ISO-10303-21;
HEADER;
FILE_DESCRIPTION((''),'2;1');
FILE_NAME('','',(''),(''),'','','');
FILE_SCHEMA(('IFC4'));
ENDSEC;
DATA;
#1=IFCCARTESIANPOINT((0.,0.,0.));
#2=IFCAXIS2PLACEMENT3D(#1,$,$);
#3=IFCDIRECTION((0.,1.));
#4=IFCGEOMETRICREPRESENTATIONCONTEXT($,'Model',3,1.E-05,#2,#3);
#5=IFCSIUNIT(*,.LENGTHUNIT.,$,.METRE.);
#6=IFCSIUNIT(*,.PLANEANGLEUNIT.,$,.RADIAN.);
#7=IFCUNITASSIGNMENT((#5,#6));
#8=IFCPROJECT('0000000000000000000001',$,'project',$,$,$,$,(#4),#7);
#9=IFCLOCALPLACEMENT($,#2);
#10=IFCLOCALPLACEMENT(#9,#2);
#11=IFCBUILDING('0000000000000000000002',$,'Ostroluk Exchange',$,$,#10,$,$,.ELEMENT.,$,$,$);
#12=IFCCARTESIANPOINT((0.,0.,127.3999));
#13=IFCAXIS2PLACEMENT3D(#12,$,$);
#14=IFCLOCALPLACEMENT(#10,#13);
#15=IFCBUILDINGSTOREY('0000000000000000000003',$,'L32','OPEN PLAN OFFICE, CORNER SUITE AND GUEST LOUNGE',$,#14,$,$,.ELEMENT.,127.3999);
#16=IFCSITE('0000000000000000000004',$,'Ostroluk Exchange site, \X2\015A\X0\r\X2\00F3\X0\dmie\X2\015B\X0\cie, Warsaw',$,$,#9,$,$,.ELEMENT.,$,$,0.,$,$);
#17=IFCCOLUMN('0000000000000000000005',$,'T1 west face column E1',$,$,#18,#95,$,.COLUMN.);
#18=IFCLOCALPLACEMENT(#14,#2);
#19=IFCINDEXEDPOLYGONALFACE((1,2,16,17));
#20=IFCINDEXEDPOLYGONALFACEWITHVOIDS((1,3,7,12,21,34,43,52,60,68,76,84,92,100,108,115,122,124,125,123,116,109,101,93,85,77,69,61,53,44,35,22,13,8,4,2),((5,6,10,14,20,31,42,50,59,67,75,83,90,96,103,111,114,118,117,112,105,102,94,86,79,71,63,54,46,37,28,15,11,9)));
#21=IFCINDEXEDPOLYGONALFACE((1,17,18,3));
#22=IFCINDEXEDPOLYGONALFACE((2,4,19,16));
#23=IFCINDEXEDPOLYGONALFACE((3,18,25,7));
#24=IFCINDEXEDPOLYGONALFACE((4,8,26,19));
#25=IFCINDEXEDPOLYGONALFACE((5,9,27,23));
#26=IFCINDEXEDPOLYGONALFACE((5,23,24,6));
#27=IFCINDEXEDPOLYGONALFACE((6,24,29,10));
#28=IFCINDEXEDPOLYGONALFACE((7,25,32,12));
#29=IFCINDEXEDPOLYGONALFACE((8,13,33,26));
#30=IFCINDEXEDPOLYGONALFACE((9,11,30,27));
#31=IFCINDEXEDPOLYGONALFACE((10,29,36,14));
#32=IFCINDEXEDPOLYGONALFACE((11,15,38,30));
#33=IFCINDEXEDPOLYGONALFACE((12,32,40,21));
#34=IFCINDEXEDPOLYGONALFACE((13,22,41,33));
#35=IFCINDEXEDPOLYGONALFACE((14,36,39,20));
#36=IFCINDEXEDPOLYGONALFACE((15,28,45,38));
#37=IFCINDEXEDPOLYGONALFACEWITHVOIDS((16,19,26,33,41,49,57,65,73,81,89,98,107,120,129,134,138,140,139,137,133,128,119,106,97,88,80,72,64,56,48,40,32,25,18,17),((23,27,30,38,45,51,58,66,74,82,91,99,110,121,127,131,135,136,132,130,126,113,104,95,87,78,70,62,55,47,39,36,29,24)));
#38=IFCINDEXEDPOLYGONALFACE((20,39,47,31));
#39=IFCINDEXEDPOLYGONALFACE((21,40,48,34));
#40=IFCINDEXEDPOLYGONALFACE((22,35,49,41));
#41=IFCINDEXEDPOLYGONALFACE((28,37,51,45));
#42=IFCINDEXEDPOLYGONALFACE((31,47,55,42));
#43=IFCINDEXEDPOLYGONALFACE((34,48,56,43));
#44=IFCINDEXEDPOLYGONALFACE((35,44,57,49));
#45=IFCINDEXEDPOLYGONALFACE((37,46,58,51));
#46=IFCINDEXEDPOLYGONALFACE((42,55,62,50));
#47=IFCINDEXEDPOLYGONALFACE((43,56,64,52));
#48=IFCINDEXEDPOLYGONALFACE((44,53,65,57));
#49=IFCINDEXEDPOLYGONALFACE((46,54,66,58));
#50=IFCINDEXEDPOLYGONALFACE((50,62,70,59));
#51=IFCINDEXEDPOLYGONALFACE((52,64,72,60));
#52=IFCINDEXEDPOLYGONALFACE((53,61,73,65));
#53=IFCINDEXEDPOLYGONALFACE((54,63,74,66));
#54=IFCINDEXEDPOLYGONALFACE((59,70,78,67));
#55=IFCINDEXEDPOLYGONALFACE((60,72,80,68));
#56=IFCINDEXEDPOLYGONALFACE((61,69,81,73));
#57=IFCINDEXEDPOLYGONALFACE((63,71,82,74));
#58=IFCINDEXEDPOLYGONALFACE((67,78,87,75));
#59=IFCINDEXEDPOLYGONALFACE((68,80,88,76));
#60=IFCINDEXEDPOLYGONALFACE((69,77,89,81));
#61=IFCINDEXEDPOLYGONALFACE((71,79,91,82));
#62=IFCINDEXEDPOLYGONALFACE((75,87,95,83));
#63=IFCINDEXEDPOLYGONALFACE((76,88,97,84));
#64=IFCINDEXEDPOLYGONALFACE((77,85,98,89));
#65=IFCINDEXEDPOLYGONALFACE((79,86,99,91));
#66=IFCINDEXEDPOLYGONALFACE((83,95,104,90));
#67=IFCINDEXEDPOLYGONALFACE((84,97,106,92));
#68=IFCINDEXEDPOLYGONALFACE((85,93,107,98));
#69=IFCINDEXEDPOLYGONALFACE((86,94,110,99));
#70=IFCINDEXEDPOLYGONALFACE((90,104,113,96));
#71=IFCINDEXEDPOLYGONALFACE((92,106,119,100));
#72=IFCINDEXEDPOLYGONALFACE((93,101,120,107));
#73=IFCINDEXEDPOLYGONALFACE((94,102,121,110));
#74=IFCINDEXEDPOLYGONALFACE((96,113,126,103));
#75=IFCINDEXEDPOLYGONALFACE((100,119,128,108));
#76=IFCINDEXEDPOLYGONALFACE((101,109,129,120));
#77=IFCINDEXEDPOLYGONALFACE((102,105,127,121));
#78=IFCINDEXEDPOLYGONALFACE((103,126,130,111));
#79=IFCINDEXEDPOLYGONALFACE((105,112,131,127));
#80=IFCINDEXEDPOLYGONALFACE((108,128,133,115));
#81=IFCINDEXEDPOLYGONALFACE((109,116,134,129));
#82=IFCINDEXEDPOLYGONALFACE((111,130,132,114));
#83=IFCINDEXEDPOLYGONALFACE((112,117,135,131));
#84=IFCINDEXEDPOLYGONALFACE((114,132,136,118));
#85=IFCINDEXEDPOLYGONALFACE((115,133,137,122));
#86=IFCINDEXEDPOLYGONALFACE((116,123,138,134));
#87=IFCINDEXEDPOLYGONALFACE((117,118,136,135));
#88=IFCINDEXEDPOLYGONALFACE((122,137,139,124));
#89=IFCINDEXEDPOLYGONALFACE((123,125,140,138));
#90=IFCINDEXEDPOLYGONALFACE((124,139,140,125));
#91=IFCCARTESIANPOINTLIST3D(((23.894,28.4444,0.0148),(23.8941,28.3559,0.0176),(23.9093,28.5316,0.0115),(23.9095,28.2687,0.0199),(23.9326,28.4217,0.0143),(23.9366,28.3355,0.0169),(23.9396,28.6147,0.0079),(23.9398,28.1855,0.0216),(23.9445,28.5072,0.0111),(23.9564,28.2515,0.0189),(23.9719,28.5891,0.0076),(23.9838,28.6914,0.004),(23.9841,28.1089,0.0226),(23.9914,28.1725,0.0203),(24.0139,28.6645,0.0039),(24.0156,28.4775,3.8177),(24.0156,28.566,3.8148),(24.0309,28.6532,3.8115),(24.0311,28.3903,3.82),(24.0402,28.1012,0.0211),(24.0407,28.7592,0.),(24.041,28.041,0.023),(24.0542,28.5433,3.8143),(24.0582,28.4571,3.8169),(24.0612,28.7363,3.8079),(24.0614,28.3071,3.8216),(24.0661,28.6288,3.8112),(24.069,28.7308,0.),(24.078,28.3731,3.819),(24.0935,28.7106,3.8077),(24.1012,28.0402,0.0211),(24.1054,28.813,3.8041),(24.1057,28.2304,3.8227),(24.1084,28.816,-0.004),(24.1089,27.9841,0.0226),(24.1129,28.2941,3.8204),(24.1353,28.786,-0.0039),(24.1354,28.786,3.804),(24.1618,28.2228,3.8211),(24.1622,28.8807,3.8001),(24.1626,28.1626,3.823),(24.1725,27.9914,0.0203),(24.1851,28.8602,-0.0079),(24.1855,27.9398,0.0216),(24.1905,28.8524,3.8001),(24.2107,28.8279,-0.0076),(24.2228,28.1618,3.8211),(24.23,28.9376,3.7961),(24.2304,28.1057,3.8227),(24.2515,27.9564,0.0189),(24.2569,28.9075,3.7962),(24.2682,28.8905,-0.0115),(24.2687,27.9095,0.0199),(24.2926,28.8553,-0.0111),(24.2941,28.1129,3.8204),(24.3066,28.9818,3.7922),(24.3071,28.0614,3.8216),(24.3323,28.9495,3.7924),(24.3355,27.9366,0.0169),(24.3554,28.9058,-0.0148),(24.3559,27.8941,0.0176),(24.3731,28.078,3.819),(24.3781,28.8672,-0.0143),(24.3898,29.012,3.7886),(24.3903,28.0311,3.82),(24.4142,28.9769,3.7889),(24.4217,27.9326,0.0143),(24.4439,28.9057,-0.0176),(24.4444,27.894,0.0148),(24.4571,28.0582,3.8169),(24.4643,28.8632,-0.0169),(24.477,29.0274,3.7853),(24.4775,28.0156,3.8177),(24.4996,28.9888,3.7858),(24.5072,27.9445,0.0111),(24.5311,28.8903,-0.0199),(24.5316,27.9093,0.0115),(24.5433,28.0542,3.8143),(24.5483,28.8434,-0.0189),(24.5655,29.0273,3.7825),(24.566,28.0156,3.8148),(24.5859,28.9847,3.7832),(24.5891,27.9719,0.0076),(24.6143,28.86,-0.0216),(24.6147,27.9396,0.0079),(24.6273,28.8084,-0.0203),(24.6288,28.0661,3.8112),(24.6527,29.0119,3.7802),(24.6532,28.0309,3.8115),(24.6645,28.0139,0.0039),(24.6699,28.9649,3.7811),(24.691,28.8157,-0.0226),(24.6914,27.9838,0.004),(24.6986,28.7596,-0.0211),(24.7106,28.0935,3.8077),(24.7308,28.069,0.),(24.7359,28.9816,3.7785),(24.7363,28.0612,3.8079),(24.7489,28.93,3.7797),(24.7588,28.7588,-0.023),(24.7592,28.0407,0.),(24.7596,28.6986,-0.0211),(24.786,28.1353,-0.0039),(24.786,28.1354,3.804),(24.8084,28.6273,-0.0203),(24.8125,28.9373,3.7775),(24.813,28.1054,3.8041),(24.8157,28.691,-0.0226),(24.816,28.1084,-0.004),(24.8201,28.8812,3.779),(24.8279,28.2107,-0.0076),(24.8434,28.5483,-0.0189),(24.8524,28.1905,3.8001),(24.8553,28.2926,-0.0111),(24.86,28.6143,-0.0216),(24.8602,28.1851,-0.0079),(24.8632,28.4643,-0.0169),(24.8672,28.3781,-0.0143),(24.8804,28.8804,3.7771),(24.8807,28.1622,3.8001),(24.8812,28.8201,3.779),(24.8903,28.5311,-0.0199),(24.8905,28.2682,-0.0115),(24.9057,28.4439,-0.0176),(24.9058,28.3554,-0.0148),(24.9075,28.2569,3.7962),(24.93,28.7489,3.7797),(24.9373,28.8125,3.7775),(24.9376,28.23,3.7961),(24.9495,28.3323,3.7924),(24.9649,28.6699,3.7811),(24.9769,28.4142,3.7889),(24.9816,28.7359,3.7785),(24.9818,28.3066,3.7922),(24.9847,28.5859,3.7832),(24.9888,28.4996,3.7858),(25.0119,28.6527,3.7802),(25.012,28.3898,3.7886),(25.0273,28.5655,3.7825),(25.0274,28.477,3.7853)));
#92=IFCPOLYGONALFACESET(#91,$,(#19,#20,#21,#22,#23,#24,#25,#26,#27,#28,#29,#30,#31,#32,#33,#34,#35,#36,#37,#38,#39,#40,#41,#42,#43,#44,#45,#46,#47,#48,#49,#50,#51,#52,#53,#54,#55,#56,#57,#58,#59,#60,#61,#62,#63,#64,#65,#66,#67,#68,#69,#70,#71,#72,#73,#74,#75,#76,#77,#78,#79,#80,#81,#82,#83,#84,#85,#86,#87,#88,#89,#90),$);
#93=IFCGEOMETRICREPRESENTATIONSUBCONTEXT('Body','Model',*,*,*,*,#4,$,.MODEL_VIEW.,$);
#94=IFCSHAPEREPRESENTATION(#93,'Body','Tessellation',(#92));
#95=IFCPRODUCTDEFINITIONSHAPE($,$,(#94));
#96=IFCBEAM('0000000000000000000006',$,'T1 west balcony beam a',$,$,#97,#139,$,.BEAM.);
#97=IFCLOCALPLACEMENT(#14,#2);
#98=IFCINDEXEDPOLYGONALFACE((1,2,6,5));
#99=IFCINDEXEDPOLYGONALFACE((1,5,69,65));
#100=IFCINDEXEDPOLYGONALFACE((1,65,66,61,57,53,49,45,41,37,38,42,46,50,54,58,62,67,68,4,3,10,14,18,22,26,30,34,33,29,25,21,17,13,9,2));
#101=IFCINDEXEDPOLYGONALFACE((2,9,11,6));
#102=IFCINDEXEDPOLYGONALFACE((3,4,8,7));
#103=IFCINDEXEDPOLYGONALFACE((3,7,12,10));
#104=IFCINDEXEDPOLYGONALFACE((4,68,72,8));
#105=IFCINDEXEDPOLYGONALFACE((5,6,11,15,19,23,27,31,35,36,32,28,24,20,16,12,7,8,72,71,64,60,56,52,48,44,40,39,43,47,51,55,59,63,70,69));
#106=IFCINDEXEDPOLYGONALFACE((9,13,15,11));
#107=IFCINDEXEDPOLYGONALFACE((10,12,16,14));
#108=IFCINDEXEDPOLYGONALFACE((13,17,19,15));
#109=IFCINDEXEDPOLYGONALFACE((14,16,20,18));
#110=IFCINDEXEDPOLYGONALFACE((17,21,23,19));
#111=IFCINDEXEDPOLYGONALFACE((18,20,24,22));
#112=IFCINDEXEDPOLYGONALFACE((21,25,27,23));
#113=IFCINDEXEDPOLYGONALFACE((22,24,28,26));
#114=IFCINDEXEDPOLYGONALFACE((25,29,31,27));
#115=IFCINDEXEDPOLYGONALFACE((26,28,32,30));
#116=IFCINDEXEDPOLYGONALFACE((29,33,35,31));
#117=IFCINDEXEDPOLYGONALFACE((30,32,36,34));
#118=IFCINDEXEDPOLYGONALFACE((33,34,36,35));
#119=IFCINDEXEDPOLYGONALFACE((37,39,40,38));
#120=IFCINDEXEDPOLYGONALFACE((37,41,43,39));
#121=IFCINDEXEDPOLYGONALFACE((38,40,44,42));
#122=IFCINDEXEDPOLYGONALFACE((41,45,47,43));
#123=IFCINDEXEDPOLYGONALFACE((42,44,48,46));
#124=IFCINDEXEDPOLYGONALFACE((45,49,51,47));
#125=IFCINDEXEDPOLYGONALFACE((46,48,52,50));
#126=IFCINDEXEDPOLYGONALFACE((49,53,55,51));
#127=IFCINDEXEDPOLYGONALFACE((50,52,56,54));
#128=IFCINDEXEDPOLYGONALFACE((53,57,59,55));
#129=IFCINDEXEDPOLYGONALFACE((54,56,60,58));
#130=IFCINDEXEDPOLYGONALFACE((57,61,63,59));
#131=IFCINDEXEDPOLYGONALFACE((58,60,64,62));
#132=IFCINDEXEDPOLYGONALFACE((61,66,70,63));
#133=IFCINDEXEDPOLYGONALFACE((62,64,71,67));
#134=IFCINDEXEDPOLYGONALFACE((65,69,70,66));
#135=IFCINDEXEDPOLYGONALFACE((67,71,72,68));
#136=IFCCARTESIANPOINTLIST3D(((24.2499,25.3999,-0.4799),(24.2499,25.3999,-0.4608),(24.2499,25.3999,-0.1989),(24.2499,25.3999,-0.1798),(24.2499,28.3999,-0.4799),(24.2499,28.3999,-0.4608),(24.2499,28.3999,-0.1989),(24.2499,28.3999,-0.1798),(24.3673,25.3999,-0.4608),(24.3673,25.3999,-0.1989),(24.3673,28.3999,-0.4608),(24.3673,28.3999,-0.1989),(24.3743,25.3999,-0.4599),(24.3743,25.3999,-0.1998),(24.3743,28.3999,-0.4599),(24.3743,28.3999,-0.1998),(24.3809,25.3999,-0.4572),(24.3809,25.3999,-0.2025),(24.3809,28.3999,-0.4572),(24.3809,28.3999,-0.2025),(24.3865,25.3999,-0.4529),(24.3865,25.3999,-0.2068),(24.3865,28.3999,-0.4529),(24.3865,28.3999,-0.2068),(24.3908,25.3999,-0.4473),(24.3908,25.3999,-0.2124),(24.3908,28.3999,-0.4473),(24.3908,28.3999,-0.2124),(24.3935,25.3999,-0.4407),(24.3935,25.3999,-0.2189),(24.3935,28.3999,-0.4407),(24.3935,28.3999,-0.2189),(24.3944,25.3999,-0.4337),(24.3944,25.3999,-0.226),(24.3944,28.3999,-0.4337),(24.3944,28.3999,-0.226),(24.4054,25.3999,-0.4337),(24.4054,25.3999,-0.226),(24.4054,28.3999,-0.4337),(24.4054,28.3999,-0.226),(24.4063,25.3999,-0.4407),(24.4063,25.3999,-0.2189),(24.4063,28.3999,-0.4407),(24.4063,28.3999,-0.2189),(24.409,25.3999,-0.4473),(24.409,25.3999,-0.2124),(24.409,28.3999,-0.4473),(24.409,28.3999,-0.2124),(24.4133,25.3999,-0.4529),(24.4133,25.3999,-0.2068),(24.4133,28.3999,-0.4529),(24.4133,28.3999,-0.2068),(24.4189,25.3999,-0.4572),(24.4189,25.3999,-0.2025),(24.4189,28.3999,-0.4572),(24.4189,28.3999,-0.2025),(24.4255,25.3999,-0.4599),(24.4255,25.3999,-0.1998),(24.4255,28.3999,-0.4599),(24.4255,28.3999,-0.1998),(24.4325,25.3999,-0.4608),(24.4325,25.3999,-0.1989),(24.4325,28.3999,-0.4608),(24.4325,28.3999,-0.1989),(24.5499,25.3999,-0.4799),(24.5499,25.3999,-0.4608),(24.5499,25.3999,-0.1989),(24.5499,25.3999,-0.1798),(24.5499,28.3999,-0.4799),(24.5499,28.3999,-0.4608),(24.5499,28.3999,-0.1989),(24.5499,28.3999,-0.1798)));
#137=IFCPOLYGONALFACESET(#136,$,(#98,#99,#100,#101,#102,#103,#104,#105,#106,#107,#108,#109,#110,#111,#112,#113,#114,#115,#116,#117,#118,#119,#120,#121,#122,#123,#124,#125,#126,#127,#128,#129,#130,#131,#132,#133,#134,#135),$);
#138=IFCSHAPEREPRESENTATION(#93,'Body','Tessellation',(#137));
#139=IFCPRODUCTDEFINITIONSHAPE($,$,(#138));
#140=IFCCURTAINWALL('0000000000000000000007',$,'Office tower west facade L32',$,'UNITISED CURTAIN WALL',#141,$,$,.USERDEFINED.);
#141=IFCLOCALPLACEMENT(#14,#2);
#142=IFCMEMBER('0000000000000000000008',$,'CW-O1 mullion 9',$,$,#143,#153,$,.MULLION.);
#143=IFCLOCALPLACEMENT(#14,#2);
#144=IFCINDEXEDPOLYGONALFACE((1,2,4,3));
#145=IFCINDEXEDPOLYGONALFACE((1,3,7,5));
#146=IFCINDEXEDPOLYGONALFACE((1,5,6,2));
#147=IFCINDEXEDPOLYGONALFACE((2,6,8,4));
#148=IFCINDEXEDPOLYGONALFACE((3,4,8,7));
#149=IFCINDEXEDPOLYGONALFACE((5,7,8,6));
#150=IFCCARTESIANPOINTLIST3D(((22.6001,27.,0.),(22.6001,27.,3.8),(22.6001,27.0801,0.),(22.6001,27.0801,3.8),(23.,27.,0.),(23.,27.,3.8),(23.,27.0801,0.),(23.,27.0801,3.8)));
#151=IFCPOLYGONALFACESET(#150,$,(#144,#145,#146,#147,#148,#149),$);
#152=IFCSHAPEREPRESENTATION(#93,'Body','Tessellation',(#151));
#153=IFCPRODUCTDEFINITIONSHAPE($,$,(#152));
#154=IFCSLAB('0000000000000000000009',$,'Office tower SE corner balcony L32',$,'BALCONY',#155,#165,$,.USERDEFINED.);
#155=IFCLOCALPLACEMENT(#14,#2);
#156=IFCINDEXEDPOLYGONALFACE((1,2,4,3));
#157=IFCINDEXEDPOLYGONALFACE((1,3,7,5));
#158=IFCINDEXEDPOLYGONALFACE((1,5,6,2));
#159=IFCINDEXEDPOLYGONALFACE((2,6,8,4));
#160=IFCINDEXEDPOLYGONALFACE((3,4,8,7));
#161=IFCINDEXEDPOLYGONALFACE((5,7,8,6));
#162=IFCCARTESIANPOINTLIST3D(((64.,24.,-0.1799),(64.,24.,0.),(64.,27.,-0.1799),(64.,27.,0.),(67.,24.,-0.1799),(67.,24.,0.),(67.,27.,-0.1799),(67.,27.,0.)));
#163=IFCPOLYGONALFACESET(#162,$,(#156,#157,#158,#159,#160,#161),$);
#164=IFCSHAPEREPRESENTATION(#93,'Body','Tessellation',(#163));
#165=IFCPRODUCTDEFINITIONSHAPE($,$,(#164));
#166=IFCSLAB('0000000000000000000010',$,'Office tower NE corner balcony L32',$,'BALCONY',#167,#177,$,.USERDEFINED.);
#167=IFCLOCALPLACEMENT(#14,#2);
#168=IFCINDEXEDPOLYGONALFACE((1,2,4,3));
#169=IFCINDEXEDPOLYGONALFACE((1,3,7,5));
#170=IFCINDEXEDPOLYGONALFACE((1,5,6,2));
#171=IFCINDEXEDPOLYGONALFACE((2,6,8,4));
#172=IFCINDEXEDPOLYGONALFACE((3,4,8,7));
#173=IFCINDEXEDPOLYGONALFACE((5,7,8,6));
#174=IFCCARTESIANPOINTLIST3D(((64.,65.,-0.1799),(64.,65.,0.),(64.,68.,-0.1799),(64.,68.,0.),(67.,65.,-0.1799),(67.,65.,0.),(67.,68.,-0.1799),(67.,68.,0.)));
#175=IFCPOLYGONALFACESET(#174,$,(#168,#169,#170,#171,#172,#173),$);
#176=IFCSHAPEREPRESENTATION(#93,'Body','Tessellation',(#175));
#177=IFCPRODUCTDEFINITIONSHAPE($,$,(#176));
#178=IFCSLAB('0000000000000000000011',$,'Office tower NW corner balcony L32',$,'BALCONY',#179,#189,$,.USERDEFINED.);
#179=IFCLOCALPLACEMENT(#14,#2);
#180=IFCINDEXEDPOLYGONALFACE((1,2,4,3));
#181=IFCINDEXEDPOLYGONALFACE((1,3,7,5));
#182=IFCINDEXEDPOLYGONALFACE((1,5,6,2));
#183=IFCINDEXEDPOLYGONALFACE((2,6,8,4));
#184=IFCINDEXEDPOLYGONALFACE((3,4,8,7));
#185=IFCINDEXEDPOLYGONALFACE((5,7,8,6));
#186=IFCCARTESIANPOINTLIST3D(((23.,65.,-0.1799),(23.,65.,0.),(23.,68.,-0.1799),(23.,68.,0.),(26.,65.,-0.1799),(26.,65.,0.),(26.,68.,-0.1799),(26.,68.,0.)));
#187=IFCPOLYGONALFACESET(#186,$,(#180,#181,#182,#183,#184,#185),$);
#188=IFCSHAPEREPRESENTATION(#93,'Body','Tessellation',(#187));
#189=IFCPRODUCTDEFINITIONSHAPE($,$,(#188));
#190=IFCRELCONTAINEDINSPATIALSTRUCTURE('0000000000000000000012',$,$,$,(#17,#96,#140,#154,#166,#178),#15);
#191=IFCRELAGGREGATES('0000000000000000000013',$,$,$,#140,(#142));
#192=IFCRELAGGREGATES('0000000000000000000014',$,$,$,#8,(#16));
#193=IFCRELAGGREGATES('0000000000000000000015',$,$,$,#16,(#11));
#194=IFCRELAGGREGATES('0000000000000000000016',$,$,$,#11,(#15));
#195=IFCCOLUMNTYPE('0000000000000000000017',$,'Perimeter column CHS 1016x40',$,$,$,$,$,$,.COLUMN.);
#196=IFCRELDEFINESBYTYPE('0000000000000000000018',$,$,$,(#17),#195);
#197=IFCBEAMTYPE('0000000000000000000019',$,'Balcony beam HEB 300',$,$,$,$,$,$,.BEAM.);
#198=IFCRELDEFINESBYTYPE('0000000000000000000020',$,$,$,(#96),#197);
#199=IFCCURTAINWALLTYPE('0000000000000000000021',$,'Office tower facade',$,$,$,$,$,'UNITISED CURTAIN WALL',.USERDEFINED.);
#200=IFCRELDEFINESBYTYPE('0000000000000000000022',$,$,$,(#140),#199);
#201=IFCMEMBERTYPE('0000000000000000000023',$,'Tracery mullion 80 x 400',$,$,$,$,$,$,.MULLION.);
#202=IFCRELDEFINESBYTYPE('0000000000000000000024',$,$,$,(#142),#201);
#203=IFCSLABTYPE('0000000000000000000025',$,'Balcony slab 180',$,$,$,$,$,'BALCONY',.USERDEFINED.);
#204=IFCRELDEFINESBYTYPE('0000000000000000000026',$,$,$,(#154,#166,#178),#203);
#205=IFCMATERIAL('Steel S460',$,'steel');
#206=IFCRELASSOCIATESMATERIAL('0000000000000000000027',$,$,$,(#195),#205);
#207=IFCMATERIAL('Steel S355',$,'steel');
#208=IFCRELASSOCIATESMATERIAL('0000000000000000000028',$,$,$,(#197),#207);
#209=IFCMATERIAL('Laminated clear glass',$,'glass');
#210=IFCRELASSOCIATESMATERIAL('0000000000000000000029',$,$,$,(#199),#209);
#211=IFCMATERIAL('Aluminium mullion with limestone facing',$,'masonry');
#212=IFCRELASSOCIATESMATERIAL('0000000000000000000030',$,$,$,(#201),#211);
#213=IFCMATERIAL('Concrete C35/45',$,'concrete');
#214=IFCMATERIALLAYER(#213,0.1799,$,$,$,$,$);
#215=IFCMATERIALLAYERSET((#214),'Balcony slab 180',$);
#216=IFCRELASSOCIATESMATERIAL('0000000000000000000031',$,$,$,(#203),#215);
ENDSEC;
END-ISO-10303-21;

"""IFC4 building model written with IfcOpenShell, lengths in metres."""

from ifc_helpers import new_model, si_unit, direction, frame, origin, origin_2d, place, context, subcontext, project, spatial, polyline, rectangle, hollow_circle, i_section, outline, extrude, material, layer, layer_set, material_profile, profile_set, type_object, element, aggregate, save


model = new_model("IFC4")

# Units and contexts
model_context = context("Model", 3, precision=1e-05, world=origin(), true_north=direction((0.0, 1.0)))
body_context = subcontext(model_context, "Body", "Model", "MODEL_VIEW")
ifc_project = project(units=[si_unit("LENGTHUNIT", "METRE"), si_unit("PLANEANGLEUNIT", "RADIAN")], contexts=[model_context])

# Site, building, storey
site_placement = place(None, origin())
site = spatial("IfcSite", under=ifc_project, at=site_placement, Name="Ostroluk Exchange site, Śródmieście, Warsaw", CompositionType="ELEMENT", RefElevation=0.0)
building_placement = place(site_placement, origin())
building = spatial("IfcBuilding", under=site, at=building_placement, Name="Ostroluk Exchange", CompositionType="ELEMENT")
storey_placement = place(building_placement, frame((0.0, 0.0, 127.3999)))
storey = spatial("IfcBuildingStorey", under=building, at=storey_placement, Name="L32", Description="OPEN PLAN OFFICE, CORNER SUITE AND GUEST LOUNGE", CompositionType="ELEMENT", Elevation=127.3999)

# Column
ifc_material_1 = material(Name="Steel S460", Category="steel")
ifc_material_profile_1 = material_profile(ifc_material_1, hollow_circle(Radius=0.5081, WallThickness=0.04, at=origin_2d()), Name="CHS 1016x40")
ifc_profile_set_1 = profile_set([ifc_material_profile_1], Name="Steel S460")
column_type = type_object("IfcColumnType", Name="Perimeter column CHS 1016x40", PredefinedType="COLUMN", material=ifc_profile_set_1)
column_placement = place(storey_placement, frame((24.3999, 28.3999, 0.0), z_axis=(0.031962, 0.031962, 0.998978), x_axis=(-0.707107, 0.707107, 0.0)))
element("IfcColumn", 1, at=column_placement, inside=storey, type_object=column_type, Name="T1 west face column E1", PredefinedType="COLUMN", context=body_context, shape_type="SweptSolid", body=[
    extrude(hollow_circle(Radius=0.5081, WallThickness=0.04, at=origin_2d()), origin(), (0.0, 0.0, 1.0), 3.804),
])

# Beam
ifc_material_2 = material(Name="Steel S355", Category="steel")
ifc_material_profile_2 = material_profile(ifc_material_2, i_section(OverallWidth=0.3, OverallDepth=0.3, WebThickness=0.011, FlangeThickness=0.019, FilletRadius=0.0271, at=origin_2d()), Name="HEB 300")
ifc_profile_set_2 = profile_set([ifc_material_profile_2], Name="Steel S355")
beam_type = type_object("IfcBeamType", Name="Balcony beam HEB 300", PredefinedType="BEAM", material=ifc_profile_set_2)
beam_placement = place(storey_placement, frame((24.3999, 28.3999, -0.3298), z_axis=(0.0, -1.0, 0.0), x_axis=(1.0, 0.0, 0.0)))
element("IfcBeam", 2, at=beam_placement, inside=storey, type_object=beam_type, Name="T1 west balcony beam a", PredefinedType="BEAM", context=body_context, shape_type="SweptSolid", body=[
    extrude(i_section(OverallWidth=0.3, OverallDepth=0.3, WebThickness=0.011, FlangeThickness=0.019, FilletRadius=0.0271, at=origin_2d()), origin(), (0.0, 0.0, 1.0), 3.0),
])

# Curtain wall, member
ifc_material_3 = material(Name="Laminated clear glass", Category="glass")
curtain_wall_type = type_object("IfcCurtainWallType", Name="Office tower facade", ElementType="UNITISED CURTAIN WALL", PredefinedType="USERDEFINED", material=ifc_material_3)
curtain_wall_placement = place(storey_placement, origin())
curtain_wall = element("IfcCurtainWall", 3, at=curtain_wall_placement, inside=storey, type_object=curtain_wall_type, Name="Office tower west facade L32", ObjectType="UNITISED CURTAIN WALL", PredefinedType="USERDEFINED")
ifc_material_4 = material(Name="Aluminium mullion with limestone facing", Category="masonry")
ifc_material_profile_3 = material_profile(ifc_material_4, rectangle(XDim=0.3999, YDim=0.0801, at=origin_2d()), Name="Tracery mullion 80 x 400")
ifc_profile_set_3 = profile_set([ifc_material_profile_3], Name="Aluminium mullion with limestone facing")
member_type = type_object("IfcMemberType", Name="Tracery mullion 80 x 400", PredefinedType="MULLION", material=ifc_profile_set_3)
member_placement = place(storey_placement, frame((22.8, 27.04, 0.0), z_axis=(0.0, 0.0, 1.0), x_axis=(1.0, 0.0, 0.0)))
member = element("IfcMember", 4, at=member_placement, type_object=member_type, Name="CW-O1 mullion 9", PredefinedType="MULLION", context=body_context, shape_type="SweptSolid", body=[
    extrude(rectangle(XDim=0.3999, YDim=0.0801, at=origin_2d()), origin(), (0.0, 0.0, 1.0), 3.8),
])

# Slabs
ifc_material_5 = material(Name="Concrete C35/45", Category="concrete")
ifc_layer_1 = layer(ifc_material_5, 0.1799)
ifc_layer_set_1 = layer_set([ifc_layer_1], Name="Balcony slab 180")
slab_type_1 = type_object("IfcSlabType", Name="Balcony slab 180", ElementType="BALCONY", PredefinedType="USERDEFINED", material=ifc_layer_set_1)
slab_1_placement = place(storey_placement, frame((0.0, 0.0, -0.1799)))
element("IfcSlab", 5, at=slab_1_placement, inside=storey, type_object=slab_type_1, Name="Office tower SE corner balcony L32", ObjectType="BALCONY", PredefinedType="USERDEFINED", context=body_context, shape_type="SweptSolid", body=[
    extrude(outline(polyline([(64.0, 24.0), (67.0, 24.0), (67.0, 27.0), (64.0, 27.0), (64.0, 24.0)])), origin(), (0.0, 0.0, 1.0), 0.1799),
])
slab_2_placement = place(storey_placement, frame((0.0, 0.0, -0.1799)))
element("IfcSlab", 6, at=slab_2_placement, inside=storey, type_object=slab_type_1, Name="Office tower NE corner balcony L32", ObjectType="BALCONY", PredefinedType="USERDEFINED", context=body_context, shape_type="SweptSolid", body=[
    extrude(outline(polyline([(64.0, 65.0), (67.0, 65.0), (67.0, 68.0), (64.0, 68.0), (64.0, 65.0)])), origin(), (0.0, 0.0, 1.0), 0.1799),
])
slab_3_placement = place(storey_placement, frame((0.0, 0.0, -0.1799)))
element("IfcSlab", 7, at=slab_3_placement, inside=storey, type_object=slab_type_1, Name="Office tower NW corner balcony L32", ObjectType="BALCONY", PredefinedType="USERDEFINED", context=body_context, shape_type="SweptSolid", body=[
    extrude(outline(polyline([(23.0, 65.0), (26.0, 65.0), (26.0, 68.0), (23.0, 68.0), (23.0, 65.0)])), origin(), (0.0, 0.0, 1.0), 0.1799),
])

aggregate(curtain_wall, [member])

save(model, "model.ifc")
